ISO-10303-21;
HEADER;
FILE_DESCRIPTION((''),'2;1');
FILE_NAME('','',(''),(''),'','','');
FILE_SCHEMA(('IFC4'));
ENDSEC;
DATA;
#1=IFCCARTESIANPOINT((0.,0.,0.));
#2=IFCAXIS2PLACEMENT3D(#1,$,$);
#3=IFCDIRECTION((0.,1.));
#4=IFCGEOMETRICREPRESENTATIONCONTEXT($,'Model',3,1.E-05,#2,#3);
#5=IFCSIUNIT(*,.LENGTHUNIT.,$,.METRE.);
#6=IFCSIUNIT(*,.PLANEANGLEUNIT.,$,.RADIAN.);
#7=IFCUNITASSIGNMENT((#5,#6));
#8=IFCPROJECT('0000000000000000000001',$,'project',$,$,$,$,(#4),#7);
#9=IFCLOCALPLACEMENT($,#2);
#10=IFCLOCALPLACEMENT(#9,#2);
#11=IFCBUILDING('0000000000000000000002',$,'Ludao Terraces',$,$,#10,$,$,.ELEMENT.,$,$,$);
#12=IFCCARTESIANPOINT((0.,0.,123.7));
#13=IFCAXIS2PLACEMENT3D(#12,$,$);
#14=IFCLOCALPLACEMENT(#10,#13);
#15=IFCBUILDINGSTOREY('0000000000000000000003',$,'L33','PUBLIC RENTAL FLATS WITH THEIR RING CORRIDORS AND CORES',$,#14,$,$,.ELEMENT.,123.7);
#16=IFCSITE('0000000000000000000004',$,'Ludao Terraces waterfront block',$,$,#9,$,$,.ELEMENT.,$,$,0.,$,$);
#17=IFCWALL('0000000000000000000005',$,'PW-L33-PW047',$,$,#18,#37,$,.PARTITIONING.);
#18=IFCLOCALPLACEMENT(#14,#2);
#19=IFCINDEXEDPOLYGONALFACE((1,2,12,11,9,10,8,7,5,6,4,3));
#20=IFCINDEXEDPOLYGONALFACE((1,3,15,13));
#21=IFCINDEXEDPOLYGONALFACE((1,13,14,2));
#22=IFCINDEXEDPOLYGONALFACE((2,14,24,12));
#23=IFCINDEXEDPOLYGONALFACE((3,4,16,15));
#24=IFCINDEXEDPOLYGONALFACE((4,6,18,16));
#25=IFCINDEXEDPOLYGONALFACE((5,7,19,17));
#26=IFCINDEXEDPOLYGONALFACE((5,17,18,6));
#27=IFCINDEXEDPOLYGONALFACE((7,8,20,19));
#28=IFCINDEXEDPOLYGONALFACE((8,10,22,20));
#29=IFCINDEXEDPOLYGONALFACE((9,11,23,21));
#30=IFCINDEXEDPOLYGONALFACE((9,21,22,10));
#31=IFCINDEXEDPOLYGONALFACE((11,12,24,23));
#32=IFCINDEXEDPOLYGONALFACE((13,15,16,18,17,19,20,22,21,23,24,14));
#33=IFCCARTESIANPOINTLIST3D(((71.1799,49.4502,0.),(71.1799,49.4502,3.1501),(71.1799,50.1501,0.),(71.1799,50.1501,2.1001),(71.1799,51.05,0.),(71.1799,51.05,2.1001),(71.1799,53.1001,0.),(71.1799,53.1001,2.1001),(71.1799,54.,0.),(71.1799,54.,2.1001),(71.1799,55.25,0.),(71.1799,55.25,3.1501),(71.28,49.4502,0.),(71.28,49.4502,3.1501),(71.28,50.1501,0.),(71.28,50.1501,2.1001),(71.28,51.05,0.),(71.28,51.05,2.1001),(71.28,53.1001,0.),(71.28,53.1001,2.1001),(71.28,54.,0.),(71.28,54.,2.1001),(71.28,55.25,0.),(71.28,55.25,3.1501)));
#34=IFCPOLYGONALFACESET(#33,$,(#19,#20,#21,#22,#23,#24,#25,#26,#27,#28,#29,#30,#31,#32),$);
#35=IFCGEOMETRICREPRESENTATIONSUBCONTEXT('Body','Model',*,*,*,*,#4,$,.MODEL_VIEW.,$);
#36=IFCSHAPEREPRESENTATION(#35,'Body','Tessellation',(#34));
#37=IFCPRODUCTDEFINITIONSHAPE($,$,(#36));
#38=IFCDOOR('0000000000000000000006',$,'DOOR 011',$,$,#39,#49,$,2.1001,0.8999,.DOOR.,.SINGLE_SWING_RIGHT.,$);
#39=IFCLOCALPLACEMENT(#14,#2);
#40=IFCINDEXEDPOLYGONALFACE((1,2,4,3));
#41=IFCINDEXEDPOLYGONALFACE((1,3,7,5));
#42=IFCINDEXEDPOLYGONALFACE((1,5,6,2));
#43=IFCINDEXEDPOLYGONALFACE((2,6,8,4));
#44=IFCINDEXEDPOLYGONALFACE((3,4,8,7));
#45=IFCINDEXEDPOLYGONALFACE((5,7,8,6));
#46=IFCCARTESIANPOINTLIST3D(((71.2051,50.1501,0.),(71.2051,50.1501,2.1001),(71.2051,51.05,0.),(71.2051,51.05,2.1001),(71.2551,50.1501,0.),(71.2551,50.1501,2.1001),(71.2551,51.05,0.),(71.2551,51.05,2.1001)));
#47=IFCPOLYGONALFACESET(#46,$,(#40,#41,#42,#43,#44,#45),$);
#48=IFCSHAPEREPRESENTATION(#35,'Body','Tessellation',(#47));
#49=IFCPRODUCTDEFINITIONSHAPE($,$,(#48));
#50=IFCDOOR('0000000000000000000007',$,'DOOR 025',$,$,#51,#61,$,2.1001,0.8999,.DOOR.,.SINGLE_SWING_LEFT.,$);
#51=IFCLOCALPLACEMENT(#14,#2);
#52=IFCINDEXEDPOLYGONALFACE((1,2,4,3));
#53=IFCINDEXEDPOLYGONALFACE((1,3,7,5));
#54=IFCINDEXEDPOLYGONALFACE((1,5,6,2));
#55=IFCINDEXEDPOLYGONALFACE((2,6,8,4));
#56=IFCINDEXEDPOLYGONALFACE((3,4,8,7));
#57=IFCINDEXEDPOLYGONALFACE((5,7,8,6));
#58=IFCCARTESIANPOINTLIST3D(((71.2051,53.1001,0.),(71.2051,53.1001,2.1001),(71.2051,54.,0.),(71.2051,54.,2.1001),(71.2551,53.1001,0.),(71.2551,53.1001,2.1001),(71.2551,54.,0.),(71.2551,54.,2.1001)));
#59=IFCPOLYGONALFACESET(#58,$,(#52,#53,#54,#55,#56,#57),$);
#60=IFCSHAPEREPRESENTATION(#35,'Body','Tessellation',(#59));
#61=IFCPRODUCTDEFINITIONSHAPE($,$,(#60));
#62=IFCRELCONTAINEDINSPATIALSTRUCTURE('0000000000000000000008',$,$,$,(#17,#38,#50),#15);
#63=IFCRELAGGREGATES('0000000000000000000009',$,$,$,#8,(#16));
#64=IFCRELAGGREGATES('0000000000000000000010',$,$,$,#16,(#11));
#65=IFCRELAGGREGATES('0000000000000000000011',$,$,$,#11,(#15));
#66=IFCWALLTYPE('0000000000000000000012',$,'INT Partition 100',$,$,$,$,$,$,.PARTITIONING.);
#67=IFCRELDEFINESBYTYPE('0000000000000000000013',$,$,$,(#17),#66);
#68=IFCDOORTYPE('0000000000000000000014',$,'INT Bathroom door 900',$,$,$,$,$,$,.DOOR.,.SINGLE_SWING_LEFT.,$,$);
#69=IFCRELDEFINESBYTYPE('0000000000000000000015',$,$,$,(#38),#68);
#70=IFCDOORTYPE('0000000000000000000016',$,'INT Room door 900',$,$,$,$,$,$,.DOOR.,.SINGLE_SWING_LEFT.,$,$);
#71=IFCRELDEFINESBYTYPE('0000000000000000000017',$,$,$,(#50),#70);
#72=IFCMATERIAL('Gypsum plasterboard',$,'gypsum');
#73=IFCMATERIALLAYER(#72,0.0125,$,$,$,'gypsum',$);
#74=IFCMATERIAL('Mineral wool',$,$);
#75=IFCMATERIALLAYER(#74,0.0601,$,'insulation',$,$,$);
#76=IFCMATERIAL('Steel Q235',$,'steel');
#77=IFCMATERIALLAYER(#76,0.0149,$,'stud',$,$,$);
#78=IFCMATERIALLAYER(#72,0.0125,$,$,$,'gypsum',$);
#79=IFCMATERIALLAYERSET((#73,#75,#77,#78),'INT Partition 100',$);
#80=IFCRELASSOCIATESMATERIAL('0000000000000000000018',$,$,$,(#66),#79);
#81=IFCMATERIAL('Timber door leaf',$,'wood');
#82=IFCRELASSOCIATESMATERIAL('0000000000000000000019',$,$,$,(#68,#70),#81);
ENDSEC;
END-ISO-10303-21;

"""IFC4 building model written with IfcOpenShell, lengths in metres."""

from ifc_helpers import new_model, si_unit, direction, frame, frame_2d, origin, place, context, subcontext, project, spatial, rectangle, extrude, material, layer, layer_set, type_object, element, fill, save


model = new_model("IFC4")

# Units and contexts
model_context = context("Model", 3, precision=1e-05, world=origin(), true_north=direction((0.0, 1.0)))
body_context = subcontext(model_context, "Body", "Model", "MODEL_VIEW")
ifc_project = project(units=[si_unit("LENGTHUNIT", "METRE"), si_unit("PLANEANGLEUNIT", "RADIAN")], contexts=[model_context])

# Site, building, storey
site_placement = place(None, origin())
site = spatial("IfcSite", under=ifc_project, at=site_placement, Name="Ludao Terraces waterfront block", CompositionType="ELEMENT", RefElevation=0.0)
building_placement = place(site_placement, origin())
building = spatial("IfcBuilding", under=site, at=building_placement, Name="Ludao Terraces", CompositionType="ELEMENT")
storey_placement = place(building_placement, frame((0.0, 0.0, 123.7)))
storey = spatial("IfcBuildingStorey", under=building, at=storey_placement, Name="L33", Description="PUBLIC RENTAL FLATS WITH THEIR RING CORRIDORS AND CORES", CompositionType="ELEMENT", Elevation=123.7)

# Shared definitions
ifc_material_1 = material(Name="Mineral wool")

# Wall, openings, doors
ifc_material_2 = material(Name="Gypsum plasterboard", Category="gypsum")
ifc_layer_1 = layer(ifc_material_2, 0.0125, Category="gypsum")
ifc_layer_2 = layer(ifc_material_1, 0.0601, Name="insulation")
ifc_material_3 = material(Name="Steel Q235", Category="steel")
ifc_layer_3 = layer(ifc_material_3, 0.0149, Name="stud")
ifc_layer_4 = layer(ifc_material_2, 0.0125, Category="gypsum")
ifc_layer_set_1 = layer_set([ifc_layer_1, ifc_layer_2, ifc_layer_3, ifc_layer_4], Name="INT Partition 100")
wall_type_1 = type_object("IfcWallType", Name="INT Partition 100", PredefinedType="PARTITIONING", material=ifc_layer_set_1)
ifc_material_4 = material(Name="Timber door leaf", Category="wood")
door_type_1 = type_object("IfcDoorType", Name="INT Bathroom door 900", OperationType="SINGLE_SWING_LEFT", PredefinedType="DOOR", material=ifc_material_4)
door_type_2 = type_object("IfcDoorType", Name="INT Room door 900", OperationType="SINGLE_SWING_LEFT", PredefinedType="DOOR", material=ifc_material_4)
wall_1_placement = place(storey_placement, frame((71.23, 49.4502, 0.0), z_axis=(0.0, 0.0, 1.0), x_axis=(0.0, 1.0, 0.0)))
wall_1 = element("IfcWall", 1, at=wall_1_placement, inside=storey, type_object=wall_type_1, Name="PW-L33-PW047", PredefinedType="PARTITIONING", context=body_context, shape_type="SweptSolid", body=[
    extrude(rectangle(XDim=5.7998, YDim=0.1001, at=frame_2d((2.8999, 0.0))), origin(), (0.0, 0.0, 1.0), 3.1501),
])
opening_1_placement = place(wall_1_placement, frame((0.7, 0.0, 0.0)))
opening_1 = element("IfcOpeningElement", 2, at=opening_1_placement, cuts=wall_1, PredefinedType="OPENING", context=body_context, shape_type="SweptSolid", body=[
    extrude(rectangle(XDim=0.8999, YDim=2.1001, at=frame_2d((0.45, 1.05))), frame((0.0, 0.0601, 0.0), z_axis=(0.0, -1.0, 0.0), x_axis=(1.0, 0.0, 0.0)), (0.0, 0.0, 1.0), 0.1201),
])
opening_2_placement = place(wall_1_placement, frame((3.6499, 0.0, 0.0)))
opening_2 = element("IfcOpeningElement", 3, at=opening_2_placement, cuts=wall_1, PredefinedType="OPENING", context=body_context, shape_type="SweptSolid", body=[
    extrude(rectangle(XDim=0.8999, YDim=2.1001, at=frame_2d((0.45, 1.05))), frame((0.0, 0.0601, 0.0), z_axis=(0.0, -1.0, 0.0), x_axis=(1.0, 0.0, 0.0)), (0.0, 0.0, 1.0), 0.1201),
])
door_1_placement = place(opening_1_placement, origin())
door_1 = element("IfcDoor", 4, at=door_1_placement, inside=storey, type_object=door_type_1, Name="DOOR 011", OperationType="SINGLE_SWING_RIGHT", OverallHeight=2.1001, OverallWidth=0.8999, PredefinedType="DOOR", context=body_context, shape_type="SweptSolid", body=[
    extrude(rectangle(XDim=0.8999, YDim=2.1001, at=frame_2d((0.45, 1.05))), frame((0.0, 0.0249, 0.0), z_axis=(0.0, -1.0, 0.0), x_axis=(1.0, 0.0, 0.0)), (0.0, 0.0, 1.0), 0.05),
])
fill(opening_1, door_1)
door_2_placement = place(opening_2_placement, origin())
door_2 = element("IfcDoor", 5, at=door_2_placement, inside=storey, type_object=door_type_2, Name="DOOR 025", OperationType="SINGLE_SWING_LEFT", OverallHeight=2.1001, OverallWidth=0.8999, PredefinedType="DOOR", context=body_context, shape_type="SweptSolid", body=[
    extrude(rectangle(XDim=0.8999, YDim=2.1001, at=frame_2d((0.45, 1.05))), frame((0.0, 0.0249, 0.0), z_axis=(0.0, -1.0, 0.0), x_axis=(1.0, 0.0, 0.0)), (0.0, 0.0, 1.0), 0.05),
])
fill(opening_2, door_2)

save(model, "model.ifc")
